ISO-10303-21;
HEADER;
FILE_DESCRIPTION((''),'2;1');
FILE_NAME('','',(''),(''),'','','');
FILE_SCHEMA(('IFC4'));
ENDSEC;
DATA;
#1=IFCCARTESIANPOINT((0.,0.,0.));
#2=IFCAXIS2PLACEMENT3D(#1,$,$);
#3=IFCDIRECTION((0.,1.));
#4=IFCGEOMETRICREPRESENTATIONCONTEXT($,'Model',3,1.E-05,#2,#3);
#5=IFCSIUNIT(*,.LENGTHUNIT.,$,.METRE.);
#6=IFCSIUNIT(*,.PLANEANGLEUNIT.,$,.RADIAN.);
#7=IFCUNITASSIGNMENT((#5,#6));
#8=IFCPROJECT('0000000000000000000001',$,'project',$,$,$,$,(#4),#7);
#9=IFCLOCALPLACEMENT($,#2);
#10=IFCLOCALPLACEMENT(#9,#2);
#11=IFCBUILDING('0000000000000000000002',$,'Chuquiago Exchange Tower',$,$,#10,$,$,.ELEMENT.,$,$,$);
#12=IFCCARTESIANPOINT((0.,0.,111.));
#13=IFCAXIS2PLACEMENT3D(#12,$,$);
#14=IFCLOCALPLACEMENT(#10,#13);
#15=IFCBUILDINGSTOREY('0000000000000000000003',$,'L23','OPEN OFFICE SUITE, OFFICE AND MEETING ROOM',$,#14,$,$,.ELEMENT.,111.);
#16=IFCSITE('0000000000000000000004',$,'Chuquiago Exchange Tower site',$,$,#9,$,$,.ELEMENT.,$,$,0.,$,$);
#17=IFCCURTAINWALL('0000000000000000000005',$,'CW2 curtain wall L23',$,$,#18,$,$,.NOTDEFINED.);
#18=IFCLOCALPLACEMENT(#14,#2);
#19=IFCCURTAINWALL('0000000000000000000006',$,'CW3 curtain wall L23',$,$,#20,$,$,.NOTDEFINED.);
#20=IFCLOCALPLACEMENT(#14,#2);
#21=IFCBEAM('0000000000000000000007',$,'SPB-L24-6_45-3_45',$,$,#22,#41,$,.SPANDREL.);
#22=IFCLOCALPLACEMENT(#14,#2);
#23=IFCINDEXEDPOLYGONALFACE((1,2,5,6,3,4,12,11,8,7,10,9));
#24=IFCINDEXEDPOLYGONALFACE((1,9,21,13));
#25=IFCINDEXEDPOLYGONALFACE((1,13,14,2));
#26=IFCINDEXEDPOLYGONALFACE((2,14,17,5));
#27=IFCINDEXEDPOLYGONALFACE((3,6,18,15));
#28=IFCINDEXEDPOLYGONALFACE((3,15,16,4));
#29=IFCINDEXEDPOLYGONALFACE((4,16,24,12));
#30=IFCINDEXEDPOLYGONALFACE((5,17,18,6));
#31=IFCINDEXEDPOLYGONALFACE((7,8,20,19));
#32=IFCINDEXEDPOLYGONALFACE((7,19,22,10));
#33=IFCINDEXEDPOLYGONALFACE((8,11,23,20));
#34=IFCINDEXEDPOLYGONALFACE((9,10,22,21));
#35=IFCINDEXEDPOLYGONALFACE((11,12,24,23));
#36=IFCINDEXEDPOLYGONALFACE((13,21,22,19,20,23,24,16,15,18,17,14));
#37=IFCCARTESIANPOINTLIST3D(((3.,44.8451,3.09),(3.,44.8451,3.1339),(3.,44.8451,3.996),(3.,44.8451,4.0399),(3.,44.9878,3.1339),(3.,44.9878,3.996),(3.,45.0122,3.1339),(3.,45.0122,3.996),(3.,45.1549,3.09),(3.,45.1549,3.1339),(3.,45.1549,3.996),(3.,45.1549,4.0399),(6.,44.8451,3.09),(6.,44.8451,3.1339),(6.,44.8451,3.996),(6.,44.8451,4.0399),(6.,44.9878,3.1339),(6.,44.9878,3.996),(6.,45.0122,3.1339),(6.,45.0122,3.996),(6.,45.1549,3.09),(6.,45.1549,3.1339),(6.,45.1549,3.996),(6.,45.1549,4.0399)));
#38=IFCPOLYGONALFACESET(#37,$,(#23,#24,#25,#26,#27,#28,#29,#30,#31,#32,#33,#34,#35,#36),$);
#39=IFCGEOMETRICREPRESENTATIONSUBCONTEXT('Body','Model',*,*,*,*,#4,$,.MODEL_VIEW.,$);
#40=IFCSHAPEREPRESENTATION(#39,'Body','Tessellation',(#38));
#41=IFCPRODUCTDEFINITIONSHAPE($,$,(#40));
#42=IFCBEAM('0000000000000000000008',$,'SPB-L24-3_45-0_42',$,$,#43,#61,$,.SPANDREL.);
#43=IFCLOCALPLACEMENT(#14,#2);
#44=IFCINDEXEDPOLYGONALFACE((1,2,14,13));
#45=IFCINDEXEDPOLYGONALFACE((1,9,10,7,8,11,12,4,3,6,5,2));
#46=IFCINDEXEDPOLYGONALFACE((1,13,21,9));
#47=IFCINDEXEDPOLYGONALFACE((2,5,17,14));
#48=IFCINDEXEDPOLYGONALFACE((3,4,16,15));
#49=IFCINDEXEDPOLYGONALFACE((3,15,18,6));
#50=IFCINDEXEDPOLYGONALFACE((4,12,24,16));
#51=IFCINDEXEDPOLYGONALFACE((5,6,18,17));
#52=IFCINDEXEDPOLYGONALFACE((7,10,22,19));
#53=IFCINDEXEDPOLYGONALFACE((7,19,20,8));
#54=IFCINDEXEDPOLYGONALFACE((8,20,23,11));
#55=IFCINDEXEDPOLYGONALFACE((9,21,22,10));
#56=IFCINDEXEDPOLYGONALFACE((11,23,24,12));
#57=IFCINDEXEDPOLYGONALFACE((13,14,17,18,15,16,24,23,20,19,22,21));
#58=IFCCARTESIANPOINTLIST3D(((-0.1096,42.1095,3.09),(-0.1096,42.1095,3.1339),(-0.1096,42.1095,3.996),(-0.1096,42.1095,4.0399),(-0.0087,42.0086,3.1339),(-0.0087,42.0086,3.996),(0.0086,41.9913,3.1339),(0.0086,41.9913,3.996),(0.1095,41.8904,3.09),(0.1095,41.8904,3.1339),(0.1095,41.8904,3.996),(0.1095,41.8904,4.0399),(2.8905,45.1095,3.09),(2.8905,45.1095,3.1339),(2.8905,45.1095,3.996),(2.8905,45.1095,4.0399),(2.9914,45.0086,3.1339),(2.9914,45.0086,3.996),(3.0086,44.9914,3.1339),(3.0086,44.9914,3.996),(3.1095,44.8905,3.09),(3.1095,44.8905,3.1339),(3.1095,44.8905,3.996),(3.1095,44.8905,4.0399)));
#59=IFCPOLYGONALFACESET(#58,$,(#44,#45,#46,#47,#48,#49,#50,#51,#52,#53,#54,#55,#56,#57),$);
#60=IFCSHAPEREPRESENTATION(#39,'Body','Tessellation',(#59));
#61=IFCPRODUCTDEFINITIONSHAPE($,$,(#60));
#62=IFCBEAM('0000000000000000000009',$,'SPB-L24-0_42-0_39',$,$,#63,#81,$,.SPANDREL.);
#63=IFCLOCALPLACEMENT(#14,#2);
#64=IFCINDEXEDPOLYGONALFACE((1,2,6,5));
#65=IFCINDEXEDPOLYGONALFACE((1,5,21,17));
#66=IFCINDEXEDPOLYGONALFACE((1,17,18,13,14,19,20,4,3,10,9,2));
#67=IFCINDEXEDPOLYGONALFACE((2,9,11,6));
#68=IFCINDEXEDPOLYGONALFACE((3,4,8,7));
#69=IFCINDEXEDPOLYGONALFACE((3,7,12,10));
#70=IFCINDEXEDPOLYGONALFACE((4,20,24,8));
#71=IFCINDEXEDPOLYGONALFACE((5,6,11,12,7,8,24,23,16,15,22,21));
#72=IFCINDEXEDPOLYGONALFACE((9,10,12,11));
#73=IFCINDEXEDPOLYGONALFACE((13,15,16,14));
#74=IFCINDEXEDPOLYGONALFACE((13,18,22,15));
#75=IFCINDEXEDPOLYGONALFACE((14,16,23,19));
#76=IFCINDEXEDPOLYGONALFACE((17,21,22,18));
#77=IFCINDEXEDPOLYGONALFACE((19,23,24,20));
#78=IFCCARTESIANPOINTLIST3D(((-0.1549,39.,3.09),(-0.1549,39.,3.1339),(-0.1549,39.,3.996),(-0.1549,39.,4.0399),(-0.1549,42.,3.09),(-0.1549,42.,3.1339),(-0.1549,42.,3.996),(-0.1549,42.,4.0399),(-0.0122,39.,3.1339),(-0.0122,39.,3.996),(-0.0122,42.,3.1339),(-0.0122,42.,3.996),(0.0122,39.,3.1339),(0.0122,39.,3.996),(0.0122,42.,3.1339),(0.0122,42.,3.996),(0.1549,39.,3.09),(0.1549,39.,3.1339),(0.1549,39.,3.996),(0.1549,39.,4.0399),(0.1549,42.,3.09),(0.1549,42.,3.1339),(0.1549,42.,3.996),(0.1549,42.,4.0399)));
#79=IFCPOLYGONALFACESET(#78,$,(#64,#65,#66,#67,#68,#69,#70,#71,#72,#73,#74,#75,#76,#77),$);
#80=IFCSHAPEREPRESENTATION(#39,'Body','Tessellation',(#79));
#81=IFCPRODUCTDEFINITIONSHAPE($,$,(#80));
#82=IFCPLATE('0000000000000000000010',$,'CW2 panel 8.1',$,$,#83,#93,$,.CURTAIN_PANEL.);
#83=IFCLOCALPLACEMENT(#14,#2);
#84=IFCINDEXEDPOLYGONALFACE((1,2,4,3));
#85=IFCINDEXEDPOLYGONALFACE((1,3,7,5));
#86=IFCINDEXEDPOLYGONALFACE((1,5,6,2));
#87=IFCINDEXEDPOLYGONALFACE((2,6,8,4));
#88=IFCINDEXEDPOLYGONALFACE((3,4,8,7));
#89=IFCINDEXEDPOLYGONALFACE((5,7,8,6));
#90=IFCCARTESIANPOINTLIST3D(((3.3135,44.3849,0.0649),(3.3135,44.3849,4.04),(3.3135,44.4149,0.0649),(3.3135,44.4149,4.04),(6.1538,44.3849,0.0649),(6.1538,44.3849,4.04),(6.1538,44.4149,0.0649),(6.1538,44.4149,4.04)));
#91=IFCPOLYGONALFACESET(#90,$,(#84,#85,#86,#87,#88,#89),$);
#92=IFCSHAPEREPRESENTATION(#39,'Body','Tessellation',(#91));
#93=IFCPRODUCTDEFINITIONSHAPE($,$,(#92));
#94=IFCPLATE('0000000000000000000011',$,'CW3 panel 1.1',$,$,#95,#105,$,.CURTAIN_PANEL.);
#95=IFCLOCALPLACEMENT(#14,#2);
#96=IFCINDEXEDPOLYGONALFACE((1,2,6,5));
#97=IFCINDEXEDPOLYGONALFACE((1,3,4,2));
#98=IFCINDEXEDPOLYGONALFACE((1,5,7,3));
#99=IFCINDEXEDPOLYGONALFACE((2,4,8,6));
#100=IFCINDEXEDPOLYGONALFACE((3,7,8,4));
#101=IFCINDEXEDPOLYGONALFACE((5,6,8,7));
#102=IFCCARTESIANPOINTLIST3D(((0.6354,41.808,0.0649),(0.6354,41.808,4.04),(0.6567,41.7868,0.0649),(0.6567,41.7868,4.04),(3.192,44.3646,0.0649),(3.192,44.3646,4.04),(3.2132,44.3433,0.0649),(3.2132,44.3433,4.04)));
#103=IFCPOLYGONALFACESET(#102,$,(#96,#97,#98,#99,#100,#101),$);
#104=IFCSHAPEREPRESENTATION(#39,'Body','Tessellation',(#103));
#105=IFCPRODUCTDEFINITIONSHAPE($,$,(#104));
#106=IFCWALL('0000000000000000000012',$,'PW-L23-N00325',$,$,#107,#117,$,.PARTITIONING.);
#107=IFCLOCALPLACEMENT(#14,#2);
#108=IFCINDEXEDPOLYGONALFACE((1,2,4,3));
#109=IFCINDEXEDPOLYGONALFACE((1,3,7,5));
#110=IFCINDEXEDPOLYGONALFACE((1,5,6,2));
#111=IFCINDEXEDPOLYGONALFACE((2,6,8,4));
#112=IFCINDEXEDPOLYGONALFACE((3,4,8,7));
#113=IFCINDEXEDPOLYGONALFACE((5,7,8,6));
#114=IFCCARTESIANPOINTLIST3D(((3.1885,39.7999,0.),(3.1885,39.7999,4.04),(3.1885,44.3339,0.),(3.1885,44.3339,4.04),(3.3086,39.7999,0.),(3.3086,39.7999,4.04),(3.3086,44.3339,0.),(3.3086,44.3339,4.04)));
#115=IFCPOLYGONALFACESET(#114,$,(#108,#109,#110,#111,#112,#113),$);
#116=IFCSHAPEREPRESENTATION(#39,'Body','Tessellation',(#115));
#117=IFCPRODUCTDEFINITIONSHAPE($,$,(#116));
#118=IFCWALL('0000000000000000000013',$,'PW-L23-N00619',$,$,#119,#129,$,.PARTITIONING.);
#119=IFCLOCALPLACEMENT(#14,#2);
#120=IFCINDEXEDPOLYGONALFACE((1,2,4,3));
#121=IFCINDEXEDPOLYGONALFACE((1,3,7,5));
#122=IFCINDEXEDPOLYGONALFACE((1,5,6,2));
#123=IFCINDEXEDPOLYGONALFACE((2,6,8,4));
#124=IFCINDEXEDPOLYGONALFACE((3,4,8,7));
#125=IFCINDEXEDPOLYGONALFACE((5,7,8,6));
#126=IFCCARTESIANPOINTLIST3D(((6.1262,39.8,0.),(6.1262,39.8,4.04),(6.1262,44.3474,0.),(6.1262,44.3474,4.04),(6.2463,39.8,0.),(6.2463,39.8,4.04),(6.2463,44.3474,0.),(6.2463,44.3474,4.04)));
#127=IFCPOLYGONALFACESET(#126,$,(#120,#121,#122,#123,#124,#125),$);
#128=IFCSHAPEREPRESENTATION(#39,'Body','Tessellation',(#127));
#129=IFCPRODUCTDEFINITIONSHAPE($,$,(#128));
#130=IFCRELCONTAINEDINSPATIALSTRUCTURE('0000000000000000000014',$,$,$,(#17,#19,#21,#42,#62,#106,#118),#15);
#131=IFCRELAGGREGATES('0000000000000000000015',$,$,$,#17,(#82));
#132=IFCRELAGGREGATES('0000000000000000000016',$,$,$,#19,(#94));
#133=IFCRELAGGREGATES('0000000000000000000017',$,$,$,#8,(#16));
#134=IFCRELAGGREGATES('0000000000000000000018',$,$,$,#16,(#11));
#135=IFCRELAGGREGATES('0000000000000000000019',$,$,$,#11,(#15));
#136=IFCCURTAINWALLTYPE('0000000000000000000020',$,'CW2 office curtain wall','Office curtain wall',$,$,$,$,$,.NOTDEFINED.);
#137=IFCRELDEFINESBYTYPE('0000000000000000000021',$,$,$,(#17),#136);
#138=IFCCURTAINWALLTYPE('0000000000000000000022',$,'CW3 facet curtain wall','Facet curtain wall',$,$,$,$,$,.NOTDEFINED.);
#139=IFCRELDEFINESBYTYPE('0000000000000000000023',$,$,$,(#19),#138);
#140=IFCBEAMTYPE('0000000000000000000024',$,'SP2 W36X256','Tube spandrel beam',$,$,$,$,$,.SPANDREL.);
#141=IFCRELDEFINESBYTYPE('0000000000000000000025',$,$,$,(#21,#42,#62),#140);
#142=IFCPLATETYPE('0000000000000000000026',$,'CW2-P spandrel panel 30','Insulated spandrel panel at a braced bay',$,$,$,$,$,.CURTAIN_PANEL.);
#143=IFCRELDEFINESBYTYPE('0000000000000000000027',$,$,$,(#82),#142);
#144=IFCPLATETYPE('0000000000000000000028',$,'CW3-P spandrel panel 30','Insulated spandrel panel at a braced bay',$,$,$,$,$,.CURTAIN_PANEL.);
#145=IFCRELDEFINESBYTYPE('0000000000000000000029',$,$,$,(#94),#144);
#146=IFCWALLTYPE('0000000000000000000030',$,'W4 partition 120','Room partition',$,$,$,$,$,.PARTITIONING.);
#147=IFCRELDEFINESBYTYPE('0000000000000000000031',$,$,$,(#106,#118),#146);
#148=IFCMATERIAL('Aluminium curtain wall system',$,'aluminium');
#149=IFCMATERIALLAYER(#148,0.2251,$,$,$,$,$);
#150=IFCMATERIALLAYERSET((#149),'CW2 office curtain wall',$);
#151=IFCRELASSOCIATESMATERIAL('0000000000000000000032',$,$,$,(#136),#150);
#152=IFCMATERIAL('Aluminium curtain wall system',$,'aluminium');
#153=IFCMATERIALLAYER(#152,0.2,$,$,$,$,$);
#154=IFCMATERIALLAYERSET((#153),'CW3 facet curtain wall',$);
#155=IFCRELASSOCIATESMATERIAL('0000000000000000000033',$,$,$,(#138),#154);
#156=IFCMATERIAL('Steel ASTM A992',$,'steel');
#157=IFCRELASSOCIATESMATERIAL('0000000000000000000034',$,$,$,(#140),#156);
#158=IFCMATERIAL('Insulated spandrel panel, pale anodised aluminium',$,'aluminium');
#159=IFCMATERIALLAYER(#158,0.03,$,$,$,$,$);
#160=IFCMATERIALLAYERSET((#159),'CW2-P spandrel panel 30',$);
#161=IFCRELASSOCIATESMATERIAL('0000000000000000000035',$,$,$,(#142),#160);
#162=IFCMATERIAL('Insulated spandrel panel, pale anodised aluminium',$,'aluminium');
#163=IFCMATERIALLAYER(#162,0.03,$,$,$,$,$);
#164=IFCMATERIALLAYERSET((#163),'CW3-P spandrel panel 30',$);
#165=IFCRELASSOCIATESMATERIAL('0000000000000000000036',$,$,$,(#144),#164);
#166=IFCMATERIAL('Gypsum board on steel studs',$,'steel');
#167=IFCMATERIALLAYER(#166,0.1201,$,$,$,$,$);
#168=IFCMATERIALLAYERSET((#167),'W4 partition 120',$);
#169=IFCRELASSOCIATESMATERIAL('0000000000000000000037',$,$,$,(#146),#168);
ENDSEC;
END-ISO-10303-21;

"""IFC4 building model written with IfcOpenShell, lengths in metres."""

from ifc_helpers import new_model, si_unit, direction, frame, frame_2d, origin, origin_2d, place, context, subcontext, project, spatial, rectangle, i_section, extrude, material, layer, layer_set, material_profile, profile_set, type_object, element, aggregate, save


model = new_model("IFC4")

# Units and contexts
model_context = context("Model", 3, precision=1e-05, world=origin(), true_north=direction((0.0, 1.0)))
body_context = subcontext(model_context, "Body", "Model", "MODEL_VIEW")
ifc_project = project(units=[si_unit("LENGTHUNIT", "METRE"), si_unit("PLANEANGLEUNIT", "RADIAN")], contexts=[model_context])

# Site, building, storey
site_placement = place(None, origin())
site = spatial("IfcSite", under=ifc_project, at=site_placement, Name="Chuquiago Exchange Tower site", CompositionType="ELEMENT", RefElevation=0.0)
building_placement = place(site_placement, origin())
building = spatial("IfcBuilding", under=site, at=building_placement, Name="Chuquiago Exchange Tower", CompositionType="ELEMENT")
storey_placement = place(building_placement, frame((0.0, 0.0, 111.0)))
storey = spatial("IfcBuildingStorey", under=building, at=storey_placement, Name="L23", Description="OPEN OFFICE SUITE, OFFICE AND MEETING ROOM", CompositionType="ELEMENT", Elevation=111.0)

# Curtain walls
ifc_material_1 = material(Name="Aluminium curtain wall system", Category="aluminium")
ifc_layer_1 = layer(ifc_material_1, 0.2251)
ifc_layer_set_1 = layer_set([ifc_layer_1], Name="CW2 office curtain wall")
curtain_wall_type_1 = type_object("IfcCurtainWallType", Name="CW2 office curtain wall", Description="Office curtain wall", PredefinedType="NOTDEFINED", material=ifc_layer_set_1)
curtain_wall_1_placement = place(storey_placement, origin())
curtain_wall_1 = element("IfcCurtainWall", 1, at=curtain_wall_1_placement, inside=storey, type_object=curtain_wall_type_1, Name="CW2 curtain wall L23", PredefinedType="NOTDEFINED")
ifc_material_2 = material(Name="Aluminium curtain wall system", Category="aluminium")
ifc_layer_2 = layer(ifc_material_2, 0.2)
ifc_layer_set_2 = layer_set([ifc_layer_2], Name="CW3 facet curtain wall")
curtain_wall_type_2 = type_object("IfcCurtainWallType", Name="CW3 facet curtain wall", Description="Facet curtain wall", PredefinedType="NOTDEFINED", material=ifc_layer_set_2)
curtain_wall_2_placement = place(storey_placement, origin())
curtain_wall_2 = element("IfcCurtainWall", 2, at=curtain_wall_2_placement, inside=storey, type_object=curtain_wall_type_2, Name="CW3 curtain wall L23", PredefinedType="NOTDEFINED")

# Beams
ifc_material_3 = material(Name="Steel ASTM A992", Category="steel")
ifc_material_profile_1 = material_profile(ifc_material_3, i_section(OverallWidth=0.3098, OverallDepth=0.95, WebThickness=0.0244, FlangeThickness=0.0439, at=origin_2d()), Name="W36X256")
ifc_profile_set_1 = profile_set([ifc_material_profile_1], Name="Steel ASTM A992")
beam_type = type_object("IfcBeamType", Name="SP2 W36X256", Description="Tube spandrel beam", PredefinedType="SPANDREL", material=ifc_profile_set_1)
beam_1_placement = place(storey_placement, frame((6.0, 45.0, 3.5649), z_axis=(-1.0, 0.0, 0.0), x_axis=(0.0, -1.0, 0.0)))
element("IfcBeam", 3, at=beam_1_placement, inside=storey, type_object=beam_type, Name="SPB-L24-6_45-3_45", PredefinedType="SPANDREL", context=body_context, shape_type="SweptSolid", body=[
    extrude(i_section(OverallWidth=0.3098, OverallDepth=0.95, WebThickness=0.0244, FlangeThickness=0.0439, at=origin_2d()), origin(), (0.0, 0.0, 1.0), 3.0),
])
beam_2_placement = place(storey_placement, frame((3.0, 45.0, 3.5649), z_axis=(-0.707107, -0.707107, 0.0), x_axis=(0.707107, -0.707107, 0.0)))
element("IfcBeam", 4, at=beam_2_placement, inside=storey, type_object=beam_type, Name="SPB-L24-3_45-0_42", PredefinedType="SPANDREL", context=body_context, shape_type="SweptSolid", body=[
    extrude(i_section(OverallWidth=0.3098, OverallDepth=0.95, WebThickness=0.0244, FlangeThickness=0.0439, at=origin_2d()), origin(), (0.0, 0.0, 1.0), 4.2427),
])
beam_3_placement = place(storey_placement, frame((0.0, 42.0, 3.5649), z_axis=(0.0, -1.0, 0.0), x_axis=(1.0, 0.0, 0.0)))
element("IfcBeam", 5, at=beam_3_placement, inside=storey, type_object=beam_type, Name="SPB-L24-0_42-0_39", PredefinedType="SPANDREL", context=body_context, shape_type="SweptSolid", body=[
    extrude(i_section(OverallWidth=0.3098, OverallDepth=0.95, WebThickness=0.0244, FlangeThickness=0.0439, at=origin_2d()), origin(), (0.0, 0.0, 1.0), 3.0),
])

# Plates
ifc_material_4 = material(Name="Insulated spandrel panel, pale anodised aluminium", Category="aluminium")
ifc_layer_3 = layer(ifc_material_4, 0.03)
ifc_layer_set_3 = layer_set([ifc_layer_3], Name="CW2-P spandrel panel 30")
plate_type_1 = type_object("IfcPlateType", Name="CW2-P spandrel panel 30", Description="Insulated spandrel panel at a braced bay", PredefinedType="CURTAIN_PANEL", material=ifc_layer_set_3)
plate_1_placement = place(storey_placement, frame((4.7336, 44.3999, 0.0649), z_axis=(0.0, 0.0, 1.0), x_axis=(-1.0, 0.0, 0.0)))
plate_1 = element("IfcPlate", 6, at=plate_1_placement, type_object=plate_type_1, Name="CW2 panel 8.1", PredefinedType="CURTAIN_PANEL", context=body_context, shape_type="SweptSolid", body=[
    extrude(rectangle(XDim=2.8403, YDim=0.03, at=origin_2d()), origin(), (0.0, 0.0, 1.0), 3.9751),
])
aggregate(curtain_wall_1, [plate_1])
ifc_material_5 = material(Name="Insulated spandrel panel, pale anodised aluminium", Category="aluminium")
ifc_layer_4 = layer(ifc_material_5, 0.03)
ifc_layer_set_4 = layer_set([ifc_layer_4], Name="CW3-P spandrel panel 30")
plate_type_2 = type_object("IfcPlateType", Name="CW3-P spandrel panel 30", Description="Insulated spandrel panel at a braced bay", PredefinedType="CURTAIN_PANEL", material=ifc_layer_set_4)
plate_2_placement = place(storey_placement, frame((1.9243, 43.0757, 0.0649), z_axis=(0.0, 0.0, 1.0), x_axis=(-0.707107, -0.707107, 0.0)))
plate_2 = element("IfcPlate", 7, at=plate_2_placement, type_object=plate_type_2, Name="CW3 panel 1.1", PredefinedType="CURTAIN_PANEL", context=body_context, shape_type="SweptSolid", body=[
    extrude(rectangle(XDim=3.6155, YDim=0.03, at=origin_2d()), origin(), (0.0, 0.0, 1.0), 3.9751),
])
aggregate(curtain_wall_2, [plate_2])

# Walls
ifc_material_6 = material(Name="Gypsum board on steel studs", Category="steel")
ifc_layer_5 = layer(ifc_material_6, 0.1201)
ifc_layer_set_5 = layer_set([ifc_layer_5], Name="W4 partition 120")
wall_type = type_object("IfcWallType", Name="W4 partition 120", Description="Room partition", PredefinedType="PARTITIONING", material=ifc_layer_set_5)
wall_1_placement = place(storey_placement, frame((3.2485, 44.334, 0.0), z_axis=(0.0, 0.0, 1.0), x_axis=(0.0, -1.0, 0.0)))
element("IfcWall", 8, at=wall_1_placement, inside=storey, type_object=wall_type, Name="PW-L23-N00325", PredefinedType="PARTITIONING", context=body_context, shape_type="SweptSolid", body=[
    extrude(rectangle(XDim=4.5339, YDim=0.1201, at=frame_2d((2.2671, 0.0))), origin(), (0.0, 0.0, 1.0), 4.04),
])
wall_2_placement = place(storey_placement, frame((6.1863, 44.3474, 0.0), z_axis=(0.0, 0.0, 1.0), x_axis=(0.0, -1.0, 0.0)))
element("IfcWall", 9, at=wall_2_placement, inside=storey, type_object=wall_type, Name="PW-L23-N00619", PredefinedType="PARTITIONING", context=body_context, shape_type="SweptSolid", body=[
    extrude(rectangle(XDim=4.5474, YDim=0.1201, at=frame_2d((2.2737, 0.0))), origin(), (0.0, 0.0, 1.0), 4.04),
])

save(model, "model.ifc")
